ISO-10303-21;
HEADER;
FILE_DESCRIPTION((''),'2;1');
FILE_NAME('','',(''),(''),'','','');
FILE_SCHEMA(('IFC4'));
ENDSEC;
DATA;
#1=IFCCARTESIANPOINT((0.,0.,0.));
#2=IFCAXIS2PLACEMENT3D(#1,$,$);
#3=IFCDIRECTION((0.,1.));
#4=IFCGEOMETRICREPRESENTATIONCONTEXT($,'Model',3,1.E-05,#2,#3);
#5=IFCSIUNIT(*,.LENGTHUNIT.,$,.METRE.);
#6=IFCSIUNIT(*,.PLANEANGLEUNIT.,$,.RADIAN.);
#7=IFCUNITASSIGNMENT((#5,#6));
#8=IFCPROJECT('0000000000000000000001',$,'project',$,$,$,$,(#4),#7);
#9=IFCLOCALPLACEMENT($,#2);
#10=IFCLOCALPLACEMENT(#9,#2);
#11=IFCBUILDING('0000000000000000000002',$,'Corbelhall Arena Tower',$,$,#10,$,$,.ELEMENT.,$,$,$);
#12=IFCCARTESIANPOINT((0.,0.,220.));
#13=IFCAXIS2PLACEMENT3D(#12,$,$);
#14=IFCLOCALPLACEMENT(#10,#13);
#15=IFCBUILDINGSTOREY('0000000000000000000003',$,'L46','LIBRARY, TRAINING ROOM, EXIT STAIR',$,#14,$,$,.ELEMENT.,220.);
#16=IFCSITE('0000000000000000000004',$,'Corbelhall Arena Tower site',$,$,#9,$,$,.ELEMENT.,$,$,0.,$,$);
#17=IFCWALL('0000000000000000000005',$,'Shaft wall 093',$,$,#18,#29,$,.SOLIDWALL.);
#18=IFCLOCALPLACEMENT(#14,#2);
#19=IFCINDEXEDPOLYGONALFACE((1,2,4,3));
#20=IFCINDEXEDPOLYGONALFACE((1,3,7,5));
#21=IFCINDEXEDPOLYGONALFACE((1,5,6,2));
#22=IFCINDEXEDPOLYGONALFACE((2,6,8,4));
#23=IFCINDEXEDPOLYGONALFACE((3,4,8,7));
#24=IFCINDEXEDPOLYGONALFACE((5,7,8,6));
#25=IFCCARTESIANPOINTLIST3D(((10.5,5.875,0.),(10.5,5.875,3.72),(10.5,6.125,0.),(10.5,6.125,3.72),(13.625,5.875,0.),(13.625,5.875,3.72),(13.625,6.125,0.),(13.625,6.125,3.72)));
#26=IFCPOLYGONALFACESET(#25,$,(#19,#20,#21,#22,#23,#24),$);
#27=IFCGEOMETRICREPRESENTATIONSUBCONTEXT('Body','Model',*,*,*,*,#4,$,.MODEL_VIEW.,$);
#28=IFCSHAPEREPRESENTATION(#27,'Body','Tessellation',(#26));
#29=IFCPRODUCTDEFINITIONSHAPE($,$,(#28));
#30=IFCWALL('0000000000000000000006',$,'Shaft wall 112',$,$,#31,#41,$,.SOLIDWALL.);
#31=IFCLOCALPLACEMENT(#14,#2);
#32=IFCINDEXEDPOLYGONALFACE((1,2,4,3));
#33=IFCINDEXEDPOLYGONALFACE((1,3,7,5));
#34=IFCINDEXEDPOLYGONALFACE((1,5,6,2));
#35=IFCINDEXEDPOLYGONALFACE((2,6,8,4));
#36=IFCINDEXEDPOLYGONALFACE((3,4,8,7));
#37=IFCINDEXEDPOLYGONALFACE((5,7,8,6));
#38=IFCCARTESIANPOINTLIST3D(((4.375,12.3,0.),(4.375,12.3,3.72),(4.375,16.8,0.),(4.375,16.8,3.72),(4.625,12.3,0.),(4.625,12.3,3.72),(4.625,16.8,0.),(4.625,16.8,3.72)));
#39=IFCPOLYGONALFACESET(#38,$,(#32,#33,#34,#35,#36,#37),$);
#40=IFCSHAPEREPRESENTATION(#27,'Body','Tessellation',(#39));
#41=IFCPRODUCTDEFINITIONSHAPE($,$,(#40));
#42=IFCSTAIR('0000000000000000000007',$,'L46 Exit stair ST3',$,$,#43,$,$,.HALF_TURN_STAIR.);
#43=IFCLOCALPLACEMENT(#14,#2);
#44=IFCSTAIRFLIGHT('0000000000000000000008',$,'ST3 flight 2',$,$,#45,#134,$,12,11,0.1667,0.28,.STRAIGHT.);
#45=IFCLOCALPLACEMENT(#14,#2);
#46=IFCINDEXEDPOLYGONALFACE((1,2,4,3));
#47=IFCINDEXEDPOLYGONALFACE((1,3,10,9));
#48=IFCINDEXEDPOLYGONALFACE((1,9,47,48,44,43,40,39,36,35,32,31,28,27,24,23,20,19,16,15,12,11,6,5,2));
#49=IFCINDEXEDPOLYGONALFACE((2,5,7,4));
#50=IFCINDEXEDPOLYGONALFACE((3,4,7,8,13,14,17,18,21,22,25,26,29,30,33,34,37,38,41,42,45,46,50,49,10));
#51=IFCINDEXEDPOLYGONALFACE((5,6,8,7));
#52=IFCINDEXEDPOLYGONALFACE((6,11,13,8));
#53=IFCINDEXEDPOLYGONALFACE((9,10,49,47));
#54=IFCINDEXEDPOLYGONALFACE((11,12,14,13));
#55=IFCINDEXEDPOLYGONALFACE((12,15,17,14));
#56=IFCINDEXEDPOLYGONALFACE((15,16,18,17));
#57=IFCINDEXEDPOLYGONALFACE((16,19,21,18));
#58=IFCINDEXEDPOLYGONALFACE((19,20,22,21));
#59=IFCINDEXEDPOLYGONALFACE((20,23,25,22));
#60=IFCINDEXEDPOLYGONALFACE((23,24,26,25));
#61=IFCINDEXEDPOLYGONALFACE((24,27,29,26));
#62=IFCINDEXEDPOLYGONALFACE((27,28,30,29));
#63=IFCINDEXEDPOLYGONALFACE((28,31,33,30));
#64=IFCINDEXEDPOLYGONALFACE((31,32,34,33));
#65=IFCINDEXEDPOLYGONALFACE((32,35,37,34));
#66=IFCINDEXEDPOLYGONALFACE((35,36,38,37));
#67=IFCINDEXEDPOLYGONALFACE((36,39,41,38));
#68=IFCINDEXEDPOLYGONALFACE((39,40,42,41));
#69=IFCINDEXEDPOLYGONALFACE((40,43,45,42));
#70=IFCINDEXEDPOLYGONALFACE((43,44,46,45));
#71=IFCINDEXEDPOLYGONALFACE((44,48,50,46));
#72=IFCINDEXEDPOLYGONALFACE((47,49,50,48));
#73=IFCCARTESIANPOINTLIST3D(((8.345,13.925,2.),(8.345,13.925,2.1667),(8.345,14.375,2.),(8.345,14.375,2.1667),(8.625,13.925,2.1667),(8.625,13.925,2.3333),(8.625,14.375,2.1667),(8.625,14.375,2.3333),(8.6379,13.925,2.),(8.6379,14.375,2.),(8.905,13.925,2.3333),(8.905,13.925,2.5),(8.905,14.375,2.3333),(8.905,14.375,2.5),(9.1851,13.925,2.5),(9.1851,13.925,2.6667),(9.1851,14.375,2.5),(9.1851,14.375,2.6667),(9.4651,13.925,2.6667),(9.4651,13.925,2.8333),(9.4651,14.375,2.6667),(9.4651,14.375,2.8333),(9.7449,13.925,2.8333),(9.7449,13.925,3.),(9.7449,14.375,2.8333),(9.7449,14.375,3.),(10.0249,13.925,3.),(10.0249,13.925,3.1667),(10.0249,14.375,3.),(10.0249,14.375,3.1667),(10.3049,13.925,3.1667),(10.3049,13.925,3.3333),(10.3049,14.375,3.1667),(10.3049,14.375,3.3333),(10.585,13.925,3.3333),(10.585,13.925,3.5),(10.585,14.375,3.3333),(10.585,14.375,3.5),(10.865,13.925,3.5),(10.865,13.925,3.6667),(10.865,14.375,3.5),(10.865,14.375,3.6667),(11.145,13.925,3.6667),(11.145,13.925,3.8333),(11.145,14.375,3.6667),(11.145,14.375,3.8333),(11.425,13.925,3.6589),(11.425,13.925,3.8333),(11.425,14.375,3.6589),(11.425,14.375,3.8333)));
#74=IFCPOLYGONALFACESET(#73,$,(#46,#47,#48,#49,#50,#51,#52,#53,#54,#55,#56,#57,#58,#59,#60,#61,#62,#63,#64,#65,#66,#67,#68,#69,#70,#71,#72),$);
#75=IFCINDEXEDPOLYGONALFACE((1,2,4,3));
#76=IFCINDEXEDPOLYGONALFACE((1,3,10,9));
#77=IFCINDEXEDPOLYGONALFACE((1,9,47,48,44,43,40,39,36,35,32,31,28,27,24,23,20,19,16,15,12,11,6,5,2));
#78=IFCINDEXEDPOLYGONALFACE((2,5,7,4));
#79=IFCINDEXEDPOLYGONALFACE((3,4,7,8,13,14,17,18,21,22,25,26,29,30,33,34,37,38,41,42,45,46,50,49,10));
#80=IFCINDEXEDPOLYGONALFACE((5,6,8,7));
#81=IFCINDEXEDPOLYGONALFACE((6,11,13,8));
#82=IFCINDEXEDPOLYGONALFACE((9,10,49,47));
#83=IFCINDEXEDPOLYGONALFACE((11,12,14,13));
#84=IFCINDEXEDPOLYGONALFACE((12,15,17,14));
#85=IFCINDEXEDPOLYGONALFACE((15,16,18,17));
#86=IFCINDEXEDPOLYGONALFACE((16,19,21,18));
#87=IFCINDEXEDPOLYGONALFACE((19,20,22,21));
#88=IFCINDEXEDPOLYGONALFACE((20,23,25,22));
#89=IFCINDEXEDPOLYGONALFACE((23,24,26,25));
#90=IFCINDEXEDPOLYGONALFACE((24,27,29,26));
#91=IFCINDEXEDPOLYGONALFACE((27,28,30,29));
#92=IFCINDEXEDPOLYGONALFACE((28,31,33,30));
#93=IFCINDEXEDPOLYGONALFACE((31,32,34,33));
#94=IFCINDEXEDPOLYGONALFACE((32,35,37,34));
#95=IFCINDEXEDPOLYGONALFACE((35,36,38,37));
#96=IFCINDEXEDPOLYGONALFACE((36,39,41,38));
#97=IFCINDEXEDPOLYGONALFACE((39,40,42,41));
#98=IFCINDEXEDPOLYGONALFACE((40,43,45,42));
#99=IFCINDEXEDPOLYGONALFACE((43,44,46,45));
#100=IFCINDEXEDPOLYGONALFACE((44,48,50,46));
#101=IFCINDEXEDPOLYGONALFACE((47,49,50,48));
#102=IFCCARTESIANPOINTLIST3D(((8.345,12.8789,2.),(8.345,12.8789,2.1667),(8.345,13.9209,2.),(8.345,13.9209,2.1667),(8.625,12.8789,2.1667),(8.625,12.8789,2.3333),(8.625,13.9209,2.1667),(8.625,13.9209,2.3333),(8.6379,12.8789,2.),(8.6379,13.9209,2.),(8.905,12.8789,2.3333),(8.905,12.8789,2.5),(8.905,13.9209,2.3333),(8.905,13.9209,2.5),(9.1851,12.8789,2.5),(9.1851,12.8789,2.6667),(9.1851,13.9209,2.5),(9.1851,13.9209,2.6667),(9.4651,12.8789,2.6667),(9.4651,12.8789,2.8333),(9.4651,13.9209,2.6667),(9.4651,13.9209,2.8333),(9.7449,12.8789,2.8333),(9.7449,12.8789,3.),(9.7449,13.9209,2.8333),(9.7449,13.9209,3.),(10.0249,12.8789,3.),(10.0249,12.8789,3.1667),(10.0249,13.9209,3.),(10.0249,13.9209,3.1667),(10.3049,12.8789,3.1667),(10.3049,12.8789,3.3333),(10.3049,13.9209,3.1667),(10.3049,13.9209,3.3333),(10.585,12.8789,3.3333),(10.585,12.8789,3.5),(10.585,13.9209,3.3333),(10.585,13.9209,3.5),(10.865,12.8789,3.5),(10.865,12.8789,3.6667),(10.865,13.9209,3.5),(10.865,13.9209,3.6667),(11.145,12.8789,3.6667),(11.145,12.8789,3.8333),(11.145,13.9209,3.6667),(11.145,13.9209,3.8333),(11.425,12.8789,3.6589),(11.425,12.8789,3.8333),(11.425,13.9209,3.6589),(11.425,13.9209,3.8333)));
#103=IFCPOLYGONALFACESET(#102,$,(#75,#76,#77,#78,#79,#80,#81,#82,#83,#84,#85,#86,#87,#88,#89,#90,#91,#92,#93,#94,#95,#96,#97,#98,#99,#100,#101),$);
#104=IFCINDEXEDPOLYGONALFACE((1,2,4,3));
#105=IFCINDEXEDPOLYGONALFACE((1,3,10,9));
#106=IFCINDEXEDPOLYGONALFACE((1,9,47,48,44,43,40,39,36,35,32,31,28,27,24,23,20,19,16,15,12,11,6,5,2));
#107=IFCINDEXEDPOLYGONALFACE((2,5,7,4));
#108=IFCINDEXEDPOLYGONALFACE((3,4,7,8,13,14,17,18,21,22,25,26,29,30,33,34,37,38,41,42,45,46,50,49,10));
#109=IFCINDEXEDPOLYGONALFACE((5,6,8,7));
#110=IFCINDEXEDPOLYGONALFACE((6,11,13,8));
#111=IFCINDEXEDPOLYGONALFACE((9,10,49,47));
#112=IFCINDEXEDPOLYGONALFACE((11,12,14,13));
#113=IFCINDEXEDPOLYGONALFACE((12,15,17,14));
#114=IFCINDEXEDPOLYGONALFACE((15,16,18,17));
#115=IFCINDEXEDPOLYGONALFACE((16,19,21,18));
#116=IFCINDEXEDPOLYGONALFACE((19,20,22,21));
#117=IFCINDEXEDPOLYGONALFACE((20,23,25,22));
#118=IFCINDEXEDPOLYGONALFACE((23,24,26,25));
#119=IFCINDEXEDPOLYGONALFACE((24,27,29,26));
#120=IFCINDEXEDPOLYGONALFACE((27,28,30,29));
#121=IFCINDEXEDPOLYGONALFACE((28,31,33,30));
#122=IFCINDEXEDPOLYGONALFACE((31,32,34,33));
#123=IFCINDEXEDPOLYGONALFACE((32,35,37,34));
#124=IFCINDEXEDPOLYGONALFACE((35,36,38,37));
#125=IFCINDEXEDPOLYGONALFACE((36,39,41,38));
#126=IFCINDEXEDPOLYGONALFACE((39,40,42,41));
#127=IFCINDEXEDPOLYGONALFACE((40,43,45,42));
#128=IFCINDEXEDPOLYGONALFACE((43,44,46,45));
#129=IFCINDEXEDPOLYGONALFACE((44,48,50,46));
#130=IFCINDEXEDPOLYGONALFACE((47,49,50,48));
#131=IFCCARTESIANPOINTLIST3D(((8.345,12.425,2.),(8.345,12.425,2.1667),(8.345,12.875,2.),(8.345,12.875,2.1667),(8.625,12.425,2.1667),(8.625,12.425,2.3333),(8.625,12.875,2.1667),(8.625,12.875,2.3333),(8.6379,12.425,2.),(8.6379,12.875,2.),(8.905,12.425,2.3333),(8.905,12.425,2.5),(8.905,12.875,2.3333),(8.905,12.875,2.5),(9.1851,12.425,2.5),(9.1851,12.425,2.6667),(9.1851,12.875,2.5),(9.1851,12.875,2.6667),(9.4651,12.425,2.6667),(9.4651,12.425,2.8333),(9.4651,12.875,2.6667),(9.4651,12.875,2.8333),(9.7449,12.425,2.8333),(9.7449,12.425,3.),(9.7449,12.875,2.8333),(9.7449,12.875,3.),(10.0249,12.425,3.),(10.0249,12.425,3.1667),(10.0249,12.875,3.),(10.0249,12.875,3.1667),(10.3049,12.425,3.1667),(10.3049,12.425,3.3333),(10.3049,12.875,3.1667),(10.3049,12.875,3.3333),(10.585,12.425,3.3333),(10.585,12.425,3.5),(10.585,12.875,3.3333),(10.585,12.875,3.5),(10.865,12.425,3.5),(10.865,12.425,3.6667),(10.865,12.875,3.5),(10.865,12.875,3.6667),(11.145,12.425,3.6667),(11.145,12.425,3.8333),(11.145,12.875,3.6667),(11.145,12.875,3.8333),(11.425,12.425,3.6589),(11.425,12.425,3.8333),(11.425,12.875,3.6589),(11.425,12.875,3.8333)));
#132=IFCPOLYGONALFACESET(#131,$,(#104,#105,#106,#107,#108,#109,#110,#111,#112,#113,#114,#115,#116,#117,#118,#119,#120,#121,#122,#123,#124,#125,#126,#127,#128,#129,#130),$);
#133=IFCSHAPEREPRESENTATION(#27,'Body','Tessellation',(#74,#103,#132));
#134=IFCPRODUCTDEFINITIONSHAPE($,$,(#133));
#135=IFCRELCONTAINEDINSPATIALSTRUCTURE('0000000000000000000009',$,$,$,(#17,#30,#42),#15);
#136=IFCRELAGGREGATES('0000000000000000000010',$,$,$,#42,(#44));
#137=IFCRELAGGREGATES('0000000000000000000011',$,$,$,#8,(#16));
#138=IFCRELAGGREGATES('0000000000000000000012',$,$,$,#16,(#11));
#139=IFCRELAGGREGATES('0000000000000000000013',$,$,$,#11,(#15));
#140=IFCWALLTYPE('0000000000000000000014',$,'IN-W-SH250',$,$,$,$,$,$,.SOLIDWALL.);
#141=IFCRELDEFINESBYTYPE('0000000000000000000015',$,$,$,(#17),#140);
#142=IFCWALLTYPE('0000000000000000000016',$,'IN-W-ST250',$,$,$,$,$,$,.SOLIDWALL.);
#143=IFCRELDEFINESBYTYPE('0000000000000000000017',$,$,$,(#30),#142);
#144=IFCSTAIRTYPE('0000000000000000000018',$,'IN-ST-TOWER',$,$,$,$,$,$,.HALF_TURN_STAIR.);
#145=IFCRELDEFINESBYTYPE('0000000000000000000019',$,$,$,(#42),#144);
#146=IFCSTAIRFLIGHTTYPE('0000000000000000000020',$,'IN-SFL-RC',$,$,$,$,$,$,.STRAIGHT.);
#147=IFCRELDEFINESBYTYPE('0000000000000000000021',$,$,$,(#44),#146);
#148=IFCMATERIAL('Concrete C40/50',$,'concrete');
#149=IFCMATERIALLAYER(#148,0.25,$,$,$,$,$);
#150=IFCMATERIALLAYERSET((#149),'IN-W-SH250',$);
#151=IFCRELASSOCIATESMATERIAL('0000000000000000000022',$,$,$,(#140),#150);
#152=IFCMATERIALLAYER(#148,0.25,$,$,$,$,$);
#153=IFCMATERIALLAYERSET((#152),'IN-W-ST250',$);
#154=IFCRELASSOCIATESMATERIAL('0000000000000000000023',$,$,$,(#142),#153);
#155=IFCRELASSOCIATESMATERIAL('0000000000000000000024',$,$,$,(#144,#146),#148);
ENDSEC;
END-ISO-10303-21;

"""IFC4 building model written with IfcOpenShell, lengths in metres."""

from ifc_helpers import new_model, si_unit, direction, frame, frame_2d, origin, place, context, subcontext, project, spatial, polyline, rectangle, outline, extrude, material, layer, layer_set, type_object, element, aggregate, save


model = new_model("IFC4")

# Units and contexts
model_context = context("Model", 3, precision=1e-05, world=origin(), true_north=direction((0.0, 1.0)))
body_context = subcontext(model_context, "Body", "Model", "MODEL_VIEW")
ifc_project = project(units=[si_unit("LENGTHUNIT", "METRE"), si_unit("PLANEANGLEUNIT", "RADIAN")], contexts=[model_context])

# Site, building, storey
site_placement = place(None, origin())
site = spatial("IfcSite", under=ifc_project, at=site_placement, Name="Corbelhall Arena Tower site", CompositionType="ELEMENT", RefElevation=0.0)
building_placement = place(site_placement, origin())
building = spatial("IfcBuilding", under=site, at=building_placement, Name="Corbelhall Arena Tower", CompositionType="ELEMENT")
storey_placement = place(building_placement, frame((0.0, 0.0, 220.0)))
storey = spatial("IfcBuildingStorey", under=building, at=storey_placement, Name="L46", Description="LIBRARY, TRAINING ROOM, EXIT STAIR", CompositionType="ELEMENT", Elevation=220.0)

# Shared definitions
ifc_material_1 = material(Name="Concrete C40/50", Category="concrete")
ifc_layer_1 = layer(ifc_material_1, 0.25)
ifc_layer_set_1 = layer_set([ifc_layer_1], Name="IN-W-SH250")
wall_type_1 = type_object("IfcWallType", Name="IN-W-SH250", PredefinedType="SOLIDWALL", material=ifc_layer_set_1)

# Walls
wall_1_placement = place(storey_placement, frame((10.5, 6.0, 0.0), z_axis=(0.0, 0.0, 1.0), x_axis=(1.0, 0.0, 0.0)))
element("IfcWall", 1, at=wall_1_placement, inside=storey, type_object=wall_type_1, Name="Shaft wall 093", PredefinedType="SOLIDWALL", context=body_context, shape_type="SweptSolid", body=[
    extrude(rectangle(XDim=3.125, YDim=0.25, at=frame_2d((1.5625, 0.0))), origin(), (0.0, 0.0, 1.0), 3.72),
])
ifc_layer_2 = layer(ifc_material_1, 0.25)
ifc_layer_set_2 = layer_set([ifc_layer_2], Name="IN-W-ST250")
wall_type_2 = type_object("IfcWallType", Name="IN-W-ST250", PredefinedType="SOLIDWALL", material=ifc_layer_set_2)
wall_2_placement = place(storey_placement, frame((4.5, 12.3, 0.0), z_axis=(0.0, 0.0, 1.0), x_axis=(0.0, 1.0, 0.0)))
element("IfcWall", 2, at=wall_2_placement, inside=storey, type_object=wall_type_2, Name="Shaft wall 112", PredefinedType="SOLIDWALL", context=body_context, shape_type="SweptSolid", body=[
    extrude(rectangle(XDim=4.5, YDim=0.25, at=frame_2d((2.25, 0.0))), origin(), (0.0, 0.0, 1.0), 3.72),
])

# Stair, stair flight
stair_type = type_object("IfcStairType", Name="IN-ST-TOWER", PredefinedType="HALF_TURN_STAIR", material=ifc_material_1)
stair_placement = place(storey_placement, origin())
stair = element("IfcStair", 3, at=stair_placement, inside=storey, type_object=stair_type, Name="L46 Exit stair ST3", PredefinedType="HALF_TURN_STAIR")
stair_flight_type = type_object("IfcStairFlightType", Name="IN-SFL-RC", PredefinedType="STRAIGHT", material=ifc_material_1)
stair_flight_placement = place(storey_placement, frame((8.345, 13.3999, 2.0), z_axis=(0.0, 0.0, 1.0), x_axis=(1.0, 0.0, 0.0)))
stair_flight = element("IfcStairFlight", 4, at=stair_flight_placement, type_object=stair_flight_type, Name="ST3 flight 2", NumberOfRisers=12, NumberOfTreads=11, PredefinedType="STRAIGHT", RiserHeight=0.1667, TreadLength=0.28, context=body_context, shape_type="SweptSolid", body=[
    extrude(outline(polyline([(0.0, 0.0), (0.0, 0.1667), (0.28, 0.1667), (0.28, 0.3333), (0.5601, 0.3333), (0.5601, 0.5), (0.8401, 0.5), (0.8401, 0.6667), (1.1201, 0.6667), (1.1201, 0.8333), (1.3999, 0.8333), (1.3999, 1.0), (1.6799, 1.0), (1.6799, 1.1667), (1.96, 1.1667), (1.96, 1.3333), (2.24, 1.3333), (2.24, 1.5), (2.52, 1.5), (2.52, 1.6667), (2.8, 1.6667), (2.8, 1.8333), (3.0801, 1.8333), (3.0801, 2.0), (3.0801, 1.6589), (0.293, 0.0), (0.0, 0.0)])), frame((0.0, 0.9751, 0.0), z_axis=(0.0, -1.0, 0.0), x_axis=(1.0, 0.0, 0.0)), (0.0, 0.0, 1.0), 0.45),
    extrude(outline(polyline([(0.0, 0.0), (0.0, 0.1667), (0.28, 0.1667), (0.28, 0.3333), (0.5601, 0.3333), (0.5601, 0.5), (0.8401, 0.5), (0.8401, 0.6667), (1.1201, 0.6667), (1.1201, 0.8333), (1.3999, 0.8333), (1.3999, 1.0), (1.6799, 1.0), (1.6799, 1.1667), (1.96, 1.1667), (1.96, 1.3333), (2.24, 1.3333), (2.24, 1.5), (2.52, 1.5), (2.52, 1.6667), (2.8, 1.6667), (2.8, 1.8333), (3.0801, 1.8333), (3.0801, 2.0), (3.0801, 1.6589), (0.293, 0.0), (0.0, 0.0)])), frame((0.0, 0.521, 0.0), z_axis=(0.0, -1.0, 0.0), x_axis=(1.0, 0.0, 0.0)), (0.0, 0.0, 1.0), 1.042),
    extrude(outline(polyline([(0.0, 0.0), (0.0, 0.1667), (0.28, 0.1667), (0.28, 0.3333), (0.5601, 0.3333), (0.5601, 0.5), (0.8401, 0.5), (0.8401, 0.6667), (1.1201, 0.6667), (1.1201, 0.8333), (1.3999, 0.8333), (1.3999, 1.0), (1.6799, 1.0), (1.6799, 1.1667), (1.96, 1.1667), (1.96, 1.3333), (2.24, 1.3333), (2.24, 1.5), (2.52, 1.5), (2.52, 1.6667), (2.8, 1.6667), (2.8, 1.8333), (3.0801, 1.8333), (3.0801, 2.0), (3.0801, 1.6589), (0.293, 0.0), (0.0, 0.0)])), frame((0.0, -0.5249, 0.0), z_axis=(0.0, -1.0, 0.0), x_axis=(1.0, 0.0, 0.0)), (0.0, 0.0, 1.0), 0.45),
])
aggregate(stair, [stair_flight])

save(model, "model.ifc")
